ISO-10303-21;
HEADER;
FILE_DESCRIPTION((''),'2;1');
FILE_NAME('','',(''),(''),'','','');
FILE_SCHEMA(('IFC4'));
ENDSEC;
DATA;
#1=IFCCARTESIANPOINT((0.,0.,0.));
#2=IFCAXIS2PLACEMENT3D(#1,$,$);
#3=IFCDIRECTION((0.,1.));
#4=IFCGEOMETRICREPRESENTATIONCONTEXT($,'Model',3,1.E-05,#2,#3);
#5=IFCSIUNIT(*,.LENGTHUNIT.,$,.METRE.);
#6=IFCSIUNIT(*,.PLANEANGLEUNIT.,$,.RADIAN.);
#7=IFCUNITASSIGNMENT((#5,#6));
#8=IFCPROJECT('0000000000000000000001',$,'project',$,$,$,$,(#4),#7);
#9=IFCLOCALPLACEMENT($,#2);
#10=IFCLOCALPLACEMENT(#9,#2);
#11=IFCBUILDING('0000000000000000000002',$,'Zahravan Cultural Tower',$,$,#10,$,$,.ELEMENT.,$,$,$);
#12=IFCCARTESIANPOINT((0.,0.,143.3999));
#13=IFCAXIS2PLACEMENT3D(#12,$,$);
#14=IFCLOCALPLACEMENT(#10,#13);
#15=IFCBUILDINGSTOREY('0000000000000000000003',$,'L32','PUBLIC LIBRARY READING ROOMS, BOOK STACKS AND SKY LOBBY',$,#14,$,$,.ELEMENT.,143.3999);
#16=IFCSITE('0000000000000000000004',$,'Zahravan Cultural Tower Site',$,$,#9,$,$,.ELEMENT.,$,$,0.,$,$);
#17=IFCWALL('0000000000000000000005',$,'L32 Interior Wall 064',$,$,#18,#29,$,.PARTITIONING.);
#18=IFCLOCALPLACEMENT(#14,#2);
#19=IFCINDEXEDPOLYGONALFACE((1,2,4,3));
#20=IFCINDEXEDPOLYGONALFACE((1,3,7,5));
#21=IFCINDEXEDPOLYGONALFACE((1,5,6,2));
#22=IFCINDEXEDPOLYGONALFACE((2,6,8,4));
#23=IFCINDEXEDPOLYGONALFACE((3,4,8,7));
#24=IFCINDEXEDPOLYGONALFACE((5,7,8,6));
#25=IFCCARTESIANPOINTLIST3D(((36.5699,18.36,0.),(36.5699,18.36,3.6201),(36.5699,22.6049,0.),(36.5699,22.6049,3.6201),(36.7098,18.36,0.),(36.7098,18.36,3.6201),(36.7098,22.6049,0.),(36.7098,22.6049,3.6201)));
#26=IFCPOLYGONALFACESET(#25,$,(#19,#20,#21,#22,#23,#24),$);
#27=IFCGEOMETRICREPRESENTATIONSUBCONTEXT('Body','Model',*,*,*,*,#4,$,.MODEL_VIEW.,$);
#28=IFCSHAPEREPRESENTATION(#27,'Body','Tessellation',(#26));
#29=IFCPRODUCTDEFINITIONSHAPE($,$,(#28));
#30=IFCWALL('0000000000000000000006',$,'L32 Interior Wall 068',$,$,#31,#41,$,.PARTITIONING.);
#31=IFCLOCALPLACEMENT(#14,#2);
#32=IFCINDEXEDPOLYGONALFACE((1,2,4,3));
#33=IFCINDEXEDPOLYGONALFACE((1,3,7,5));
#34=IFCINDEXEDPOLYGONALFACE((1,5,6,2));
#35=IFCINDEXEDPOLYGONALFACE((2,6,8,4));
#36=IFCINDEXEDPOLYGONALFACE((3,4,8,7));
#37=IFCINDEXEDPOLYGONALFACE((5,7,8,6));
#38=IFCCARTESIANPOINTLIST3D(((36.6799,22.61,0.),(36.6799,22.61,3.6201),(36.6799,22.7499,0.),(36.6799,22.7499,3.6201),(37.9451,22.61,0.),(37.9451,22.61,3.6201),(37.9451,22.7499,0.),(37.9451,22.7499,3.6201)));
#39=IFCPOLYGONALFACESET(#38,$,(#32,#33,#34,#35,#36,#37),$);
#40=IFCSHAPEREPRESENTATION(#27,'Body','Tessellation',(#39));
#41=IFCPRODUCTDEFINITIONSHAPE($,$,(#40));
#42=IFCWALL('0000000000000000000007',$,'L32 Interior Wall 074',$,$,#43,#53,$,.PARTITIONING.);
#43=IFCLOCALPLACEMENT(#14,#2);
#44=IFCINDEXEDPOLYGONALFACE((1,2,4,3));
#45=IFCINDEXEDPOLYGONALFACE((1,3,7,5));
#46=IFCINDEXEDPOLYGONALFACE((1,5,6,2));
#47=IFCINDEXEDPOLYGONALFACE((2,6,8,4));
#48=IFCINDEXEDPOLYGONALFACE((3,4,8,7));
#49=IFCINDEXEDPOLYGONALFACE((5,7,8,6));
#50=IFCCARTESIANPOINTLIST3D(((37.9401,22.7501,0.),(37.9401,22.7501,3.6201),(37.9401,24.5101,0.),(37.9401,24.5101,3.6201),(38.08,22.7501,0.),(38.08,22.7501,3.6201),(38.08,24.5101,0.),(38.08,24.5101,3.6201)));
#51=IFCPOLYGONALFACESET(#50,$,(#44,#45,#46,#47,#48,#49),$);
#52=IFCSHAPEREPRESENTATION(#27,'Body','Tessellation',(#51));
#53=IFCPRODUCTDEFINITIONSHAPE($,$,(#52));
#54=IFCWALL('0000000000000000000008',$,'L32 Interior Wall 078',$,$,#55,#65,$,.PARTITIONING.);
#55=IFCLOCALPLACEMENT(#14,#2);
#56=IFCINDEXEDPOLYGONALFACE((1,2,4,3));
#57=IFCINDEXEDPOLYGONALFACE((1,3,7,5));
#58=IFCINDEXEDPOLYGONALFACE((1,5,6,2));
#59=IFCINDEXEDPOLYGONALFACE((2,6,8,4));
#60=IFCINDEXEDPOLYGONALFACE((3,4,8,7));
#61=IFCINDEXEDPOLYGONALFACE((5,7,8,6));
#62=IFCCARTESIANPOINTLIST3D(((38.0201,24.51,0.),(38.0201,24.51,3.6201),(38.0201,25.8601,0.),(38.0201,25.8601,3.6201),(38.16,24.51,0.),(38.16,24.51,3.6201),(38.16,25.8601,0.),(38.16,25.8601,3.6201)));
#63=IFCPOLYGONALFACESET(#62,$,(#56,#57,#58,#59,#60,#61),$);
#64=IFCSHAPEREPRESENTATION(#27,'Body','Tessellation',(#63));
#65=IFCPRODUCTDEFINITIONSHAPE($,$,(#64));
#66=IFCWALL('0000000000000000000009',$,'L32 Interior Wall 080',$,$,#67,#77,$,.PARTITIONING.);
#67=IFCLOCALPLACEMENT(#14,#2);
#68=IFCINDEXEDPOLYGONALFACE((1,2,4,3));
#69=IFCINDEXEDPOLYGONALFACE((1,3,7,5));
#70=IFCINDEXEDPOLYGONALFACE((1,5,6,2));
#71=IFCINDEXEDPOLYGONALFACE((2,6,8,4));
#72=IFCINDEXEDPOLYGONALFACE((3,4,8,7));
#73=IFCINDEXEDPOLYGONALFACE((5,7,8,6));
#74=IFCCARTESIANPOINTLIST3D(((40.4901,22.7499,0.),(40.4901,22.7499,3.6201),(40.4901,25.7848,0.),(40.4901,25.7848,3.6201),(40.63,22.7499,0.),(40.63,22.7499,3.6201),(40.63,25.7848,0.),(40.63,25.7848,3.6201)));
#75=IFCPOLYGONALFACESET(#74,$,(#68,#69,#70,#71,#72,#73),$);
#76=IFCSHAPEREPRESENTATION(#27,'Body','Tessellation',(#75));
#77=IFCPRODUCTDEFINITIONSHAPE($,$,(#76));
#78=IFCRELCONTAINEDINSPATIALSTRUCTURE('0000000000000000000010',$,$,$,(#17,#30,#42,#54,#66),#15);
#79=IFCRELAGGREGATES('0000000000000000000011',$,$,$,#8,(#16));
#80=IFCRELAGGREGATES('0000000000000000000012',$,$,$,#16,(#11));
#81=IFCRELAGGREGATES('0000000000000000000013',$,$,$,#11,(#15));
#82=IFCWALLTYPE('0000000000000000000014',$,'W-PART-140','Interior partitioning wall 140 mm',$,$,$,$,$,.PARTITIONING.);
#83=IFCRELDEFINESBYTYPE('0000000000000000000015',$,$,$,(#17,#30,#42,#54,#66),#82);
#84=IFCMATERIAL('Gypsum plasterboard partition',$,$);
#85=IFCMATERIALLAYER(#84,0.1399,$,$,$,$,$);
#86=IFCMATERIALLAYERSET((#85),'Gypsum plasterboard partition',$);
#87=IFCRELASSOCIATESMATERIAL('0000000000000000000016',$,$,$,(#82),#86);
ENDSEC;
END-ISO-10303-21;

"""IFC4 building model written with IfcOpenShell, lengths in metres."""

from ifc_helpers import new_model, si_unit, direction, frame, frame_2d, origin, place, context, subcontext, project, spatial, rectangle, extrude, source, transform, mapped, material, layer, layer_set, type_object, element, save


model = new_model("IFC4")

# Units and contexts
model_context = context("Model", 3, precision=1e-05, world=origin(), true_north=direction((0.0, 1.0)))
body_context = subcontext(model_context, "Body", "Model", "MODEL_VIEW")
ifc_project = project(units=[si_unit("LENGTHUNIT", "METRE"), si_unit("PLANEANGLEUNIT", "RADIAN")], contexts=[model_context])

# Site, building, storey
site_placement = place(None, origin())
site = spatial("IfcSite", under=ifc_project, at=site_placement, Name="Zahravan Cultural Tower Site", CompositionType="ELEMENT", RefElevation=0.0)
building_placement = place(site_placement, origin())
building = spatial("IfcBuilding", under=site, at=building_placement, Name="Zahravan Cultural Tower", CompositionType="ELEMENT")
storey_placement = place(building_placement, frame((0.0, 0.0, 143.3999)))
storey = spatial("IfcBuildingStorey", under=building, at=storey_placement, Name="L32", Description="PUBLIC LIBRARY READING ROOMS, BOOK STACKS AND SKY LOBBY", CompositionType="ELEMENT", Elevation=143.3999)

# Shared definitions
ifc_material_1 = material(Name="Gypsum plasterboard partition")
ifc_layer_1 = layer(ifc_material_1, 0.1399)
ifc_layer_set_1 = layer_set([ifc_layer_1], Name="Gypsum plasterboard partition")
wall_type_1 = type_object("IfcWallType", Name="W-PART-140", Description="Interior partitioning wall 140 mm", PredefinedType="PARTITIONING", material=ifc_layer_set_1)

# Walls
shared_shape_1 = source(origin(), body_context, "Body", "SweptSolid", [
    extrude(rectangle(XDim=4.2449, YDim=0.1399, at=frame_2d((2.1226, 0.0))), origin(), (0.0, 0.0, 1.0), 3.6201),
])
wall_1_placement = place(storey_placement, frame((36.6399, 22.605, 0.0), z_axis=(0.0, 0.0, 1.0), x_axis=(0.0, -1.0, 0.0)))
element("IfcWall", 1, at=wall_1_placement, inside=storey, type_object=wall_type_1, Name="L32 Interior Wall 064", PredefinedType="PARTITIONING", context=body_context, shape_type="MappedRepresentation", body=[
    mapped(shared_shape_1, transform((0.0, 0.0, 0.0), x_axis=(1.0, 0.0, 0.0), y_axis=(0.0, 1.0, 0.0), z_axis=(0.0, 0.0, 1.0), scale=1.0)),
])
shared_shape_2 = source(origin(), body_context, "Body", "SweptSolid", [
    extrude(rectangle(XDim=1.2651, YDim=0.1399, at=frame_2d((0.6326, 0.0))), origin(), (0.0, 0.0, 1.0), 3.6201),
])
wall_2_placement = place(storey_placement, frame((36.6799, 22.6799, 0.0), z_axis=(0.0, 0.0, 1.0), x_axis=(1.0, 0.0, 0.0)))
element("IfcWall", 2, at=wall_2_placement, inside=storey, type_object=wall_type_1, Name="L32 Interior Wall 068", PredefinedType="PARTITIONING", context=body_context, shape_type="MappedRepresentation", body=[
    mapped(shared_shape_2, transform((0.0, 0.0, 0.0), x_axis=(1.0, 0.0, 0.0), y_axis=(0.0, 1.0, 0.0), z_axis=(0.0, 0.0, 1.0), scale=1.0)),
])
shared_shape_3 = source(origin(), body_context, "Body", "SweptSolid", [
    extrude(rectangle(XDim=1.76, YDim=0.1399, at=frame_2d((0.8799, 0.0))), origin(), (0.0, 0.0, 1.0), 3.6201),
])
wall_3_placement = place(storey_placement, frame((38.01, 24.51, 0.0), z_axis=(0.0, 0.0, 1.0), x_axis=(0.0, -1.0, 0.0)))
element("IfcWall", 3, at=wall_3_placement, inside=storey, type_object=wall_type_1, Name="L32 Interior Wall 074", PredefinedType="PARTITIONING", context=body_context, shape_type="MappedRepresentation", body=[
    mapped(shared_shape_3, transform((0.0, 0.0, 0.0), x_axis=(1.0, 0.0, 0.0), y_axis=(0.0, 1.0, 0.0), z_axis=(0.0, 0.0, 1.0), scale=1.0)),
])
shared_shape_4 = source(origin(), body_context, "Body", "SweptSolid", [
    extrude(rectangle(XDim=1.3501, YDim=0.1399, at=frame_2d((0.675, 0.0))), origin(), (0.0, 0.0, 1.0), 3.6201),
])
wall_4_placement = place(storey_placement, frame((38.0901, 24.51, 0.0), z_axis=(0.0, 0.0, 1.0), x_axis=(0.0, 1.0, 0.0)))
element("IfcWall", 4, at=wall_4_placement, inside=storey, type_object=wall_type_1, Name="L32 Interior Wall 078", PredefinedType="PARTITIONING", context=body_context, shape_type="MappedRepresentation", body=[
    mapped(shared_shape_4, transform((0.0, 0.0, 0.0), x_axis=(1.0, 0.0, 0.0), y_axis=(0.0, 1.0, 0.0), z_axis=(0.0, 0.0, 1.0), scale=1.0)),
])
shared_shape_5 = source(origin(), body_context, "Body", "SweptSolid", [
    extrude(rectangle(XDim=3.0349, YDim=0.1399, at=frame_2d((1.5176, 0.0))), origin(), (0.0, 0.0, 1.0), 3.6201),
])
wall_5_placement = place(storey_placement, frame((40.5601, 25.7849, 0.0), z_axis=(0.0, 0.0, 1.0), x_axis=(0.0, -1.0, 0.0)))
element("IfcWall", 5, at=wall_5_placement, inside=storey, type_object=wall_type_1, Name="L32 Interior Wall 080", PredefinedType="PARTITIONING", context=body_context, shape_type="MappedRepresentation", body=[
    mapped(shared_shape_5, transform((0.0, 0.0, 0.0), x_axis=(1.0, 0.0, 0.0), y_axis=(0.0, 1.0, 0.0), z_axis=(0.0, 0.0, 1.0), scale=1.0)),
])

save(model, "model.ifc")
